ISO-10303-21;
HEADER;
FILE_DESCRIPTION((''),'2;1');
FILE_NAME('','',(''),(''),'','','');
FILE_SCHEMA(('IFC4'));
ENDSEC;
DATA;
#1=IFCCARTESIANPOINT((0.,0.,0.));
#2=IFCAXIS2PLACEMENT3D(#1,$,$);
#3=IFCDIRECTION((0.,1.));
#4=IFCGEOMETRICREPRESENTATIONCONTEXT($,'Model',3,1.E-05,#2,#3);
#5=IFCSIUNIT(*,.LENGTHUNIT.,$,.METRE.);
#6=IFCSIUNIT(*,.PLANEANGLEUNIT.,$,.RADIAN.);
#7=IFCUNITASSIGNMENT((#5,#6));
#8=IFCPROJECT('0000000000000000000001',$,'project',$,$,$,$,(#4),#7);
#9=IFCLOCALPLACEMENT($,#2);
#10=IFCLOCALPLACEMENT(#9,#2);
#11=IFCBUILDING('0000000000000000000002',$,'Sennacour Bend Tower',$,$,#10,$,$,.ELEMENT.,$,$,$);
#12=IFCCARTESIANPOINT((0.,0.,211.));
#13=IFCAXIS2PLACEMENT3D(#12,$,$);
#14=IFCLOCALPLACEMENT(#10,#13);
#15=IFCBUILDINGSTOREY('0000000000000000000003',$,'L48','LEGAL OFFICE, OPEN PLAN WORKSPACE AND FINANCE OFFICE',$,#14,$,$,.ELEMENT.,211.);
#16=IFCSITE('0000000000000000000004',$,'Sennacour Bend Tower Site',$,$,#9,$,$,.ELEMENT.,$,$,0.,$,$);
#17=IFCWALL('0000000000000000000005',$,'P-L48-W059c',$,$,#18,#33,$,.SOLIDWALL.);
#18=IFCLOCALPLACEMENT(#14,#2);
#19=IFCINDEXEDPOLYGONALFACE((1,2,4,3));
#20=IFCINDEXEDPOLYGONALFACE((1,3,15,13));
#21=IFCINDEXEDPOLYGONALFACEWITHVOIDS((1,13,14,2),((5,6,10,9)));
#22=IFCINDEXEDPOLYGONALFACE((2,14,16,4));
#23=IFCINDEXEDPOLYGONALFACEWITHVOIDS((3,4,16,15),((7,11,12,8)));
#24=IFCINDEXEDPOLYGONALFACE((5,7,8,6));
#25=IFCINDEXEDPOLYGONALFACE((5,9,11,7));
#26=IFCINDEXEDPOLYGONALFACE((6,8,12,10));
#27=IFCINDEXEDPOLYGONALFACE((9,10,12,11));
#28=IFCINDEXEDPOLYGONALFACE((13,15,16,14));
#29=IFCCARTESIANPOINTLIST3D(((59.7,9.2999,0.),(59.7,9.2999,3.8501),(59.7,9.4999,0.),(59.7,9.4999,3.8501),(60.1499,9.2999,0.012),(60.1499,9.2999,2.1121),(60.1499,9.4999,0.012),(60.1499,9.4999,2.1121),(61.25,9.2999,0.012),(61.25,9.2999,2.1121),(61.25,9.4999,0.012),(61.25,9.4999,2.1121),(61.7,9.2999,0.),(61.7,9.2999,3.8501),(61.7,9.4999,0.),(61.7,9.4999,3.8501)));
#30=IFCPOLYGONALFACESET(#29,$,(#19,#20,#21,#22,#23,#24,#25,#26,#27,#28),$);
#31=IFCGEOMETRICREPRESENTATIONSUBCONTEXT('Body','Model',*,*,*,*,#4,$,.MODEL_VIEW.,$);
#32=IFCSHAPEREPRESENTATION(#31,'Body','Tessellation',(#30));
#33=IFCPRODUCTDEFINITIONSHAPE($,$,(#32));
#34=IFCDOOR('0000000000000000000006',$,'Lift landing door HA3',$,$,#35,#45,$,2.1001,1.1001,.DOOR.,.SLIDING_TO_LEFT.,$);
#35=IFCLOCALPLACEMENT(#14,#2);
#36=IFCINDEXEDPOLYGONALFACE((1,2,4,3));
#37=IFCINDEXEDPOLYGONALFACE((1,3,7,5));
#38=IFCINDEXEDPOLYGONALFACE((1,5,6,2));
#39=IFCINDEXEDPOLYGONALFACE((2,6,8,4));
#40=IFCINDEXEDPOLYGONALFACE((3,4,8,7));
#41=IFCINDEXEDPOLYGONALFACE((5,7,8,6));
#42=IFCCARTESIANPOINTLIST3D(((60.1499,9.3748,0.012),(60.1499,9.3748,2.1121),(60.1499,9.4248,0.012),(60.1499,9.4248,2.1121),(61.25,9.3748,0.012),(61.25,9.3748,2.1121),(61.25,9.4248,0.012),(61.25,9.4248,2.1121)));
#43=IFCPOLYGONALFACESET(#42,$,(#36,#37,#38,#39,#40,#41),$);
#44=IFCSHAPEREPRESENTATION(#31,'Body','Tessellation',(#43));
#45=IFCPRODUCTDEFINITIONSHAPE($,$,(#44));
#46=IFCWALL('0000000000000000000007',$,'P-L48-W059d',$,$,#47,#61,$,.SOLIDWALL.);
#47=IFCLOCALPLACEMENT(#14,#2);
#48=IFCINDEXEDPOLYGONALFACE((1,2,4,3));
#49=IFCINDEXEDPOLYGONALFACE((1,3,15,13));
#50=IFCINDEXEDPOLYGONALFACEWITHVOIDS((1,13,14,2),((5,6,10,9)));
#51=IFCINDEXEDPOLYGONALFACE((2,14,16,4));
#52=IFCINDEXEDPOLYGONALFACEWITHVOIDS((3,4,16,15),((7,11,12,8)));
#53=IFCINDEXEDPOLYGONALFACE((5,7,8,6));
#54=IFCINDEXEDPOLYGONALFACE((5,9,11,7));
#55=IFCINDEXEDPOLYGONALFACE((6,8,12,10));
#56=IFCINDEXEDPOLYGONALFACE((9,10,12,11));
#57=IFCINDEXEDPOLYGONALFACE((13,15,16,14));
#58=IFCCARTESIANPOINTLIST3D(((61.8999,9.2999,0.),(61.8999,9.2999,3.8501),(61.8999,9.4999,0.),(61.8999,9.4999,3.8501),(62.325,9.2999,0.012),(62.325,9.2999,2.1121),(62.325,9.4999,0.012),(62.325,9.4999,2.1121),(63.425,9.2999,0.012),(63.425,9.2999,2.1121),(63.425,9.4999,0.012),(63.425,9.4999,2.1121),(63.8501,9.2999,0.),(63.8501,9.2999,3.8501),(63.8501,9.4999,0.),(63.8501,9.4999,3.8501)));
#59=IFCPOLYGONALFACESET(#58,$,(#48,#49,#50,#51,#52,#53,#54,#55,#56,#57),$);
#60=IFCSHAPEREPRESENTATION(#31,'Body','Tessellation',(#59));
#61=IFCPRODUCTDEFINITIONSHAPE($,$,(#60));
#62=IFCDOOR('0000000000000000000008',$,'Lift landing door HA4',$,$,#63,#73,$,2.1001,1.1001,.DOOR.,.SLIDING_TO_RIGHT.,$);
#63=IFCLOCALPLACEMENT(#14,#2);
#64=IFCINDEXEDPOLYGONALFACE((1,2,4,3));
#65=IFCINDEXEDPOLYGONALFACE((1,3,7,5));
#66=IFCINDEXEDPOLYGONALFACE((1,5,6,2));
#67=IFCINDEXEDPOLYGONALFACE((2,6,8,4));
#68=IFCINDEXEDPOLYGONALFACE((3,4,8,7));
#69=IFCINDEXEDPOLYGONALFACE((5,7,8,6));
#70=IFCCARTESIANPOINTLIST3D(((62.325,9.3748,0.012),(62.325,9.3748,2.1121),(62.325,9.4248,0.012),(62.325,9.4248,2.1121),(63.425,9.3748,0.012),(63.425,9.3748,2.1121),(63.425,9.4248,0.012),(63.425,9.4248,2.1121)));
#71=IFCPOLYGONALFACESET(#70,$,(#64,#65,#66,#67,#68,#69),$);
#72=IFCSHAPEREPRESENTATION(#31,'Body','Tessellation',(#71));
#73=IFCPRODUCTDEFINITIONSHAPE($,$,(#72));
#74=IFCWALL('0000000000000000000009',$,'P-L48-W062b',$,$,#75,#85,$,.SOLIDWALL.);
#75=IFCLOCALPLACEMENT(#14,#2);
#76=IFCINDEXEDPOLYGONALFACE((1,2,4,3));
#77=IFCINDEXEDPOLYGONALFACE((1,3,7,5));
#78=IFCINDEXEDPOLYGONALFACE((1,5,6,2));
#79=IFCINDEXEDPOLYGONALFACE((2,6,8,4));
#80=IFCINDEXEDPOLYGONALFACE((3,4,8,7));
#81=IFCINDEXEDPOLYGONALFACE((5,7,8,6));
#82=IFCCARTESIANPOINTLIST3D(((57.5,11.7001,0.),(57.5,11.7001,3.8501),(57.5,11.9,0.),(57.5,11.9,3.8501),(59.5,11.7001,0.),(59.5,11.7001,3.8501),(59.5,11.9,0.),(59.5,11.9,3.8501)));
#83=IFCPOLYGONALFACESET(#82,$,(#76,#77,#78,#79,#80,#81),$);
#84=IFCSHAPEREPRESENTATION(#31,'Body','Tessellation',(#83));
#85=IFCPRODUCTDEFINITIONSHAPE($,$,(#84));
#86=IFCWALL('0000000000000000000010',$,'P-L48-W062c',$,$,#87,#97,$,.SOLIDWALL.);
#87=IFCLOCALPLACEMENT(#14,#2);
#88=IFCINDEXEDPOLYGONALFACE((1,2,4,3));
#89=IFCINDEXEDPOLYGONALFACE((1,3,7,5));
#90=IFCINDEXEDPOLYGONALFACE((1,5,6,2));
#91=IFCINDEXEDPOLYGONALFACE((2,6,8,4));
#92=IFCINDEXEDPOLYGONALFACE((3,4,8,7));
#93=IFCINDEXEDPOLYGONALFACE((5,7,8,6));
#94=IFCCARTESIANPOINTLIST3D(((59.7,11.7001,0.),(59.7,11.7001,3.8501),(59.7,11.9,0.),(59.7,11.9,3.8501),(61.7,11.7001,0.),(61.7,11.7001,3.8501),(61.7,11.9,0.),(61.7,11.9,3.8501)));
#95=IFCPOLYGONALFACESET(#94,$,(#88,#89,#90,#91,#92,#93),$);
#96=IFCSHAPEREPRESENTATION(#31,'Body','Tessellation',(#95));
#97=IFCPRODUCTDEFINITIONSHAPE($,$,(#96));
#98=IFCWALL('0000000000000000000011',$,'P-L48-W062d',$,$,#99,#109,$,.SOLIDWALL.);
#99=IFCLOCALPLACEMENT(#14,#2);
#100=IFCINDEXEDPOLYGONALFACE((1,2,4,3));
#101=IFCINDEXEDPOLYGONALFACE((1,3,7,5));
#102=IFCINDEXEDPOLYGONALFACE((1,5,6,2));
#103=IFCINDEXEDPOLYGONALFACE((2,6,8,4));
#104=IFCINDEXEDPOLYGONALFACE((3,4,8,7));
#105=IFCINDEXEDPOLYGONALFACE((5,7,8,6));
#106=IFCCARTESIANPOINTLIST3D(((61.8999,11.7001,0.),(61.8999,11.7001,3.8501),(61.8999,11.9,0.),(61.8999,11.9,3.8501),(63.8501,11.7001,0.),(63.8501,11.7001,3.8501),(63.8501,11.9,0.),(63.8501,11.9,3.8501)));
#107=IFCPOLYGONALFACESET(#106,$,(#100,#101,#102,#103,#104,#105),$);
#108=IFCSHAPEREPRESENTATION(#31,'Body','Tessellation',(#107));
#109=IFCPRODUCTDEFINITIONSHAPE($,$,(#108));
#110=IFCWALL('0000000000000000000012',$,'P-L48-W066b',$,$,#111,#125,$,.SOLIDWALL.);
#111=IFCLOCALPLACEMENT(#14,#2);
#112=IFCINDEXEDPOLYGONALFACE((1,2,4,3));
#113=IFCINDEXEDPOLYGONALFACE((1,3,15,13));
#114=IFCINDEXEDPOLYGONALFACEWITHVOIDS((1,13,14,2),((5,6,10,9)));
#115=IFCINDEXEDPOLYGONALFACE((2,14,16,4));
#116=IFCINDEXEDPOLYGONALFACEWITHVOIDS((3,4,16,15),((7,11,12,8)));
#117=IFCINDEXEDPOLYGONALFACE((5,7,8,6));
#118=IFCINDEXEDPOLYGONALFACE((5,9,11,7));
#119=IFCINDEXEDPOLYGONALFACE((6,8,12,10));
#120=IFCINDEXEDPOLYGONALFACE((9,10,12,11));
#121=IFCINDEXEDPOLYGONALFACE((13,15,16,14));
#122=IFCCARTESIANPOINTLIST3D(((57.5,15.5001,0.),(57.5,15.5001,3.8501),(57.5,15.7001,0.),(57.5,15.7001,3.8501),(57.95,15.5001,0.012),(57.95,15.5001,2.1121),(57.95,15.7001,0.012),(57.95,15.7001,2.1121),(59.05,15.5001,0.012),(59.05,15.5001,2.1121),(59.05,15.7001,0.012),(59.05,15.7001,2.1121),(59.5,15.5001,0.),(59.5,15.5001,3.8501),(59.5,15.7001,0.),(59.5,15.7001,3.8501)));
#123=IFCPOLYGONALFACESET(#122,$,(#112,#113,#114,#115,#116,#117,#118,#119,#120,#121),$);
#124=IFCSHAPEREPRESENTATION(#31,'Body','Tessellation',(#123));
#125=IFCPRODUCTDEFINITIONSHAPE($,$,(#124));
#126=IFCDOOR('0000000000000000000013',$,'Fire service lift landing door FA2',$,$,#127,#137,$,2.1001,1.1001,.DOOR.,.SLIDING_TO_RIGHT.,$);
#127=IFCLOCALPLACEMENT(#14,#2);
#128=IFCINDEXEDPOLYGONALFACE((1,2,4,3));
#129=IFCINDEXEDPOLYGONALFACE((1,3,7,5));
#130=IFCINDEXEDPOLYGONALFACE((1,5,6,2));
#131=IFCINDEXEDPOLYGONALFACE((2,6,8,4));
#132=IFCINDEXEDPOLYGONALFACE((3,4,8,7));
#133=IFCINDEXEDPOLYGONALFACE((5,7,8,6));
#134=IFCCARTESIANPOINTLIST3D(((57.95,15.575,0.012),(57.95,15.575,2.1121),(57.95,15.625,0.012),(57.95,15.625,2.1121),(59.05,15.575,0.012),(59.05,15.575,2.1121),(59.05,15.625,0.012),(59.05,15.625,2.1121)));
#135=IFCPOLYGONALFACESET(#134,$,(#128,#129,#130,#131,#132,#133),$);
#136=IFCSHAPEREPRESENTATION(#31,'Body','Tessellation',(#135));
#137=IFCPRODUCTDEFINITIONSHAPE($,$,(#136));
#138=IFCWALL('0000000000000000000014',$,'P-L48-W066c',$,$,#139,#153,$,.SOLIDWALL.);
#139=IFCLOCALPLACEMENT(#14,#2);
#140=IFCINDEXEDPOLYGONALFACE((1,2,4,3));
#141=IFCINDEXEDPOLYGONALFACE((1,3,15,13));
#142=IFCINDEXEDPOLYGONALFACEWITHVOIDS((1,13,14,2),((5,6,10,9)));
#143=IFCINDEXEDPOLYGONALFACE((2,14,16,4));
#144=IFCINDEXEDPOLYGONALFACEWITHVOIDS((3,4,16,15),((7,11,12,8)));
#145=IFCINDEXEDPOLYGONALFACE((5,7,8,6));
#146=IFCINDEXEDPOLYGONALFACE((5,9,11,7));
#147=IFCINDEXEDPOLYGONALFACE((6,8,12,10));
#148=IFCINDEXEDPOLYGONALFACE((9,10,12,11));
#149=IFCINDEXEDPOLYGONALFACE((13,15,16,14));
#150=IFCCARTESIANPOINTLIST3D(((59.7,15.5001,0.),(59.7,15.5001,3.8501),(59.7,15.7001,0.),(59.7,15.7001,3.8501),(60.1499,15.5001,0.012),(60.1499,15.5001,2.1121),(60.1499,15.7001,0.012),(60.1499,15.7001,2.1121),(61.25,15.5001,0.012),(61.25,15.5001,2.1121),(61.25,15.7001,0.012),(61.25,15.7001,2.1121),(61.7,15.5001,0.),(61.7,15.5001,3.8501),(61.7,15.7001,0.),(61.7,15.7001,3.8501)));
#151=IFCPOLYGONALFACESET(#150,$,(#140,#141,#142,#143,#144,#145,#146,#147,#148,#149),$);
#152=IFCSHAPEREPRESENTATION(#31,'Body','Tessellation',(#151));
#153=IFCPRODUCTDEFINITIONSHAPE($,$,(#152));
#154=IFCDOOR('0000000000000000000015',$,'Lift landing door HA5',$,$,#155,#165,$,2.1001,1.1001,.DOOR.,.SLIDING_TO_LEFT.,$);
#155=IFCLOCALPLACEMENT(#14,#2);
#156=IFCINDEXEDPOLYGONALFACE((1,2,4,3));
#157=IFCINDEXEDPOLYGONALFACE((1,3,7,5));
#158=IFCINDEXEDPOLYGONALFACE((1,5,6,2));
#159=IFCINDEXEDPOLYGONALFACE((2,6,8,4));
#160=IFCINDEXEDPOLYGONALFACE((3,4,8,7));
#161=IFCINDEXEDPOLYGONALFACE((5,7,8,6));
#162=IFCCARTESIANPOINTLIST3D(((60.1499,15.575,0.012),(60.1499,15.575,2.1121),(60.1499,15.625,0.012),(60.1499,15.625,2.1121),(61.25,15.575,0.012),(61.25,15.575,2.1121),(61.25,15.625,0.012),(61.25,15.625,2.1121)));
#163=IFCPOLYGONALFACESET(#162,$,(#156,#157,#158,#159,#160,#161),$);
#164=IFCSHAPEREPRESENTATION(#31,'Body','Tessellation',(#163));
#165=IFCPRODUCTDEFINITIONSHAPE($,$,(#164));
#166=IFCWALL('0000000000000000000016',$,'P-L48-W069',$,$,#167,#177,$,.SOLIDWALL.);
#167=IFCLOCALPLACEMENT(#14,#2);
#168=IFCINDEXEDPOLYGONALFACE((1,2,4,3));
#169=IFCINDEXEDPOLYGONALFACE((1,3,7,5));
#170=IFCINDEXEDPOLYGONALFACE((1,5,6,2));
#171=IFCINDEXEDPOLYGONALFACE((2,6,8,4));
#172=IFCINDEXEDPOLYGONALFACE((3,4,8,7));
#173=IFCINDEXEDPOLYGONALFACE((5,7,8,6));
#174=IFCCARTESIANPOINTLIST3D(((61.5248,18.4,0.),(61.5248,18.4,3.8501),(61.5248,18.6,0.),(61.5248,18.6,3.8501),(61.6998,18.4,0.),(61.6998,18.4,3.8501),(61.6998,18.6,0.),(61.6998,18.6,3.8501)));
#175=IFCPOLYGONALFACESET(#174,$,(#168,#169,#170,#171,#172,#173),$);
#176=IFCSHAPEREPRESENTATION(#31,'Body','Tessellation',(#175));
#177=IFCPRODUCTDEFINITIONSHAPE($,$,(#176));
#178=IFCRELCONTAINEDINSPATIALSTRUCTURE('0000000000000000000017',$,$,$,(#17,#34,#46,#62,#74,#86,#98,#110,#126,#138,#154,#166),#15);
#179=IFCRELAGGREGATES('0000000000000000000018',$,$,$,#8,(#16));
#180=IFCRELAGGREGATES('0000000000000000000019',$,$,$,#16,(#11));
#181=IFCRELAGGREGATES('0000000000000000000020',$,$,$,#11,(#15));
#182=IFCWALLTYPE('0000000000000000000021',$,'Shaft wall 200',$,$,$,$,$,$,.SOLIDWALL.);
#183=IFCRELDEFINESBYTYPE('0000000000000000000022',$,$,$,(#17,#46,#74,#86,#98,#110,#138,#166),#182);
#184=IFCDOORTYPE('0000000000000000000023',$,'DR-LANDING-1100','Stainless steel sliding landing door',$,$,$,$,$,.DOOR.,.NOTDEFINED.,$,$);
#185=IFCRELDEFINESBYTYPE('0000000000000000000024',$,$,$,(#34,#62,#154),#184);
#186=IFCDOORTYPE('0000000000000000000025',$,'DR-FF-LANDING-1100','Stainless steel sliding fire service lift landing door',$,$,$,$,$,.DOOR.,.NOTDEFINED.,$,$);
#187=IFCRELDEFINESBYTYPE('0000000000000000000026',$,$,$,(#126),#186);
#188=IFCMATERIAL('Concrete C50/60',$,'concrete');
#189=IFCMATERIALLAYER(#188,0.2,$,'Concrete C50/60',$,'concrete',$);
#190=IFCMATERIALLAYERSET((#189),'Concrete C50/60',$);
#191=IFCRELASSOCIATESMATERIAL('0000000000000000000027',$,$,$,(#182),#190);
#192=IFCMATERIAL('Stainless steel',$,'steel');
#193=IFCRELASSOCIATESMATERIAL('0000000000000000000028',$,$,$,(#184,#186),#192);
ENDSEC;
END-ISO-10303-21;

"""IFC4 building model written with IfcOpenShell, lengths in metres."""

from ifc_helpers import new_model, si_unit, direction, frame, frame_2d, origin, place, context, subcontext, project, spatial, rectangle, extrude, material, layer, layer_set, type_object, element, fill, save


model = new_model("IFC4")

# Units and contexts
model_context = context("Model", 3, precision=1e-05, world=origin(), true_north=direction((0.0, 1.0)))
body_context = subcontext(model_context, "Body", "Model", "MODEL_VIEW")
ifc_project = project(units=[si_unit("LENGTHUNIT", "METRE"), si_unit("PLANEANGLEUNIT", "RADIAN")], contexts=[model_context])

# Site, building, storey
site_placement = place(None, origin())
site = spatial("IfcSite", under=ifc_project, at=site_placement, Name="Sennacour Bend Tower Site", CompositionType="ELEMENT", RefElevation=0.0)
building_placement = place(site_placement, origin())
building = spatial("IfcBuilding", under=site, at=building_placement, Name="Sennacour Bend Tower", CompositionType="ELEMENT")
storey_placement = place(building_placement, frame((0.0, 0.0, 211.0)))
storey = spatial("IfcBuildingStorey", under=building, at=storey_placement, Name="L48", Description="LEGAL OFFICE, OPEN PLAN WORKSPACE AND FINANCE OFFICE", CompositionType="ELEMENT", Elevation=211.0)

# Shared definitions
ifc_material_1 = material(Name="Concrete C50/60", Category="concrete")
ifc_layer_1 = layer(ifc_material_1, 0.2, Name="Concrete C50/60", Category="concrete")
ifc_layer_set_1 = layer_set([ifc_layer_1], Name="Concrete C50/60")
wall_type_1 = type_object("IfcWallType", Name="Shaft wall 200", PredefinedType="SOLIDWALL", material=ifc_layer_set_1)

# Walls, openings, doors
wall_1_placement = place(storey_placement, frame((59.7, 9.3999, 0.0), z_axis=(0.0, 0.0, 1.0), x_axis=(1.0, 0.0, 0.0)))
wall_1 = element("IfcWall", 1, at=wall_1_placement, inside=storey, type_object=wall_type_1, Name="P-L48-W059c", PredefinedType="SOLIDWALL", context=body_context, shape_type="SweptSolid", body=[
    extrude(rectangle(XDim=2.0, YDim=0.2, at=frame_2d((1.0, 0.0))), origin(), (0.0, 0.0, 1.0), 3.8501),
])
opening_1_placement = place(wall_1_placement, frame((0.45, 0.0, 0.012)))
opening_1 = element("IfcOpeningElement", 2, at=opening_1_placement, cuts=wall_1, PredefinedType="OPENING", context=body_context, shape_type="SweptSolid", body=[
    extrude(rectangle(XDim=1.1001, YDim=2.1001, at=frame_2d((0.55, 1.05))), frame((0.0, 0.1099, 0.0), z_axis=(0.0, -1.0, 0.0), x_axis=(1.0, 0.0, 0.0)), (0.0, 0.0, 1.0), 0.22),
])
ifc_material_2 = material(Name="Stainless steel", Category="steel")
door_type_1 = type_object("IfcDoorType", Name="DR-LANDING-1100", Description="Stainless steel sliding landing door", OperationType="NOTDEFINED", PredefinedType="DOOR", material=ifc_material_2)
door_1_placement = place(opening_1_placement, origin())
door_1 = element("IfcDoor", 3, at=door_1_placement, inside=storey, type_object=door_type_1, Name="Lift landing door HA3", OperationType="SLIDING_TO_LEFT", OverallHeight=2.1001, OverallWidth=1.1001, PredefinedType="DOOR", context=body_context, shape_type="SweptSolid", body=[
    extrude(rectangle(XDim=1.1001, YDim=2.1001, at=frame_2d((0.55, 1.05))), frame((0.0, 0.0249, 0.0), z_axis=(0.0, -1.0, 0.0), x_axis=(1.0, 0.0, 0.0)), (0.0, 0.0, 1.0), 0.05),
])
fill(opening_1, door_1)
wall_2_placement = place(storey_placement, frame((61.8999, 9.3999, 0.0), z_axis=(0.0, 0.0, 1.0), x_axis=(1.0, 0.0, 0.0)))
wall_2 = element("IfcWall", 4, at=wall_2_placement, inside=storey, type_object=wall_type_1, Name="P-L48-W059d", PredefinedType="SOLIDWALL", context=body_context, shape_type="SweptSolid", body=[
    extrude(rectangle(XDim=1.9502, YDim=0.2, at=frame_2d((0.9751, 0.0))), origin(), (0.0, 0.0, 1.0), 3.8501),
])
opening_2_placement = place(wall_2_placement, frame((0.425, 0.0, 0.012)))
opening_2 = element("IfcOpeningElement", 5, at=opening_2_placement, cuts=wall_2, PredefinedType="OPENING", context=body_context, shape_type="SweptSolid", body=[
    extrude(rectangle(XDim=1.1001, YDim=2.1001, at=frame_2d((0.55, 1.05))), frame((0.0, 0.1099, 0.0), z_axis=(0.0, -1.0, 0.0), x_axis=(1.0, 0.0, 0.0)), (0.0, 0.0, 1.0), 0.22),
])
door_2_placement = place(opening_2_placement, origin())
door_2 = element("IfcDoor", 6, at=door_2_placement, inside=storey, type_object=door_type_1, Name="Lift landing door HA4", OperationType="SLIDING_TO_RIGHT", OverallHeight=2.1001, OverallWidth=1.1001, PredefinedType="DOOR", context=body_context, shape_type="SweptSolid", body=[
    extrude(rectangle(XDim=1.1001, YDim=2.1001, at=frame_2d((0.55, 1.05))), frame((0.0, 0.0249, 0.0), z_axis=(0.0, -1.0, 0.0), x_axis=(1.0, 0.0, 0.0)), (0.0, 0.0, 1.0), 0.05),
])
fill(opening_2, door_2)

# Walls
for number, where, z_axis, x_axis, name in (
    (7, (57.5, 11.8, 0.0), (0.0, 0.0, 1.0), (1.0, 0.0, 0.0), "P-L48-W062b"),
    (8, (59.7, 11.8, 0.0), (0.0, 0.0, 1.0), (1.0, 0.0, 0.0), "P-L48-W062c"),
):
    element("IfcWall", number, at=place(storey_placement, frame(where, z_axis=z_axis, x_axis=x_axis)), inside=storey, type_object=wall_type_1, Name=name, PredefinedType="SOLIDWALL", context=body_context, shape_type="SweptSolid", body=[
        extrude(rectangle(XDim=2.0, YDim=0.2, at=frame_2d((1.0, 0.0))), origin(), (0.0, 0.0, 1.0), 3.8501),
    ])
wall_3_placement = place(storey_placement, frame((61.8999, 11.8, 0.0), z_axis=(0.0, 0.0, 1.0), x_axis=(1.0, 0.0, 0.0)))
element("IfcWall", 9, at=wall_3_placement, inside=storey, type_object=wall_type_1, Name="P-L48-W062d", PredefinedType="SOLIDWALL", context=body_context, shape_type="SweptSolid", body=[
    extrude(rectangle(XDim=1.9502, YDim=0.2, at=frame_2d((0.9751, 0.0))), origin(), (0.0, 0.0, 1.0), 3.8501),
])

# Walls, openings, doors
wall_4_placement = place(storey_placement, frame((57.5, 15.6001, 0.0), z_axis=(0.0, 0.0, 1.0), x_axis=(1.0, 0.0, 0.0)))
wall_4 = element("IfcWall", 10, at=wall_4_placement, inside=storey, type_object=wall_type_1, Name="P-L48-W066b", PredefinedType="SOLIDWALL", context=body_context, shape_type="SweptSolid", body=[
    extrude(rectangle(XDim=2.0, YDim=0.2, at=frame_2d((1.0, 0.0))), origin(), (0.0, 0.0, 1.0), 3.8501),
])
opening_3_placement = place(wall_4_placement, frame((0.45, 0.0, 0.012)))
opening_3 = element("IfcOpeningElement", 11, at=opening_3_placement, cuts=wall_4, PredefinedType="OPENING", context=body_context, shape_type="SweptSolid", body=[
    extrude(rectangle(XDim=1.1001, YDim=2.1001, at=frame_2d((0.55, 1.05))), frame((0.0, 0.1099, 0.0), z_axis=(0.0, -1.0, 0.0), x_axis=(1.0, 0.0, 0.0)), (0.0, 0.0, 1.0), 0.22),
])
door_type_2 = type_object("IfcDoorType", Name="DR-FF-LANDING-1100", Description="Stainless steel sliding fire service lift landing door", OperationType="NOTDEFINED", PredefinedType="DOOR", material=ifc_material_2)
door_3_placement = place(opening_3_placement, origin())
door_3 = element("IfcDoor", 12, at=door_3_placement, inside=storey, type_object=door_type_2, Name="Fire service lift landing door FA2", OperationType="SLIDING_TO_RIGHT", OverallHeight=2.1001, OverallWidth=1.1001, PredefinedType="DOOR", context=body_context, shape_type="SweptSolid", body=[
    extrude(rectangle(XDim=1.1001, YDim=2.1001, at=frame_2d((0.55, 1.05))), frame((0.0, 0.0249, 0.0), z_axis=(0.0, -1.0, 0.0), x_axis=(1.0, 0.0, 0.0)), (0.0, 0.0, 1.0), 0.05),
])
fill(opening_3, door_3)
wall_5_placement = place(storey_placement, frame((59.7, 15.6001, 0.0), z_axis=(0.0, 0.0, 1.0), x_axis=(1.0, 0.0, 0.0)))
wall_5 = element("IfcWall", 13, at=wall_5_placement, inside=storey, type_object=wall_type_1, Name="P-L48-W066c", PredefinedType="SOLIDWALL", context=body_context, shape_type="SweptSolid", body=[
    extrude(rectangle(XDim=2.0, YDim=0.2, at=frame_2d((1.0, 0.0))), origin(), (0.0, 0.0, 1.0), 3.8501),
])
opening_4_placement = place(wall_5_placement, frame((0.45, 0.0, 0.012)))
opening_4 = element("IfcOpeningElement", 14, at=opening_4_placement, cuts=wall_5, PredefinedType="OPENING", context=body_context, shape_type="SweptSolid", body=[
    extrude(rectangle(XDim=1.1001, YDim=2.1001, at=frame_2d((0.55, 1.05))), frame((0.0, 0.1099, 0.0), z_axis=(0.0, -1.0, 0.0), x_axis=(1.0, 0.0, 0.0)), (0.0, 0.0, 1.0), 0.22),
])
door_4_placement = place(opening_4_placement, origin())
door_4 = element("IfcDoor", 15, at=door_4_placement, inside=storey, type_object=door_type_1, Name="Lift landing door HA5", OperationType="SLIDING_TO_LEFT", OverallHeight=2.1001, OverallWidth=1.1001, PredefinedType="DOOR", context=body_context, shape_type="SweptSolid", body=[
    extrude(rectangle(XDim=1.1001, YDim=2.1001, at=frame_2d((0.55, 1.05))), frame((0.0, 0.0249, 0.0), z_axis=(0.0, -1.0, 0.0), x_axis=(1.0, 0.0, 0.0)), (0.0, 0.0, 1.0), 0.05),
])
fill(opening_4, door_4)

# Wall
wall_6_placement = place(storey_placement, frame((61.5249, 18.5, 0.0), z_axis=(0.0, 0.0, 1.0), x_axis=(1.0, 0.0, 0.0)))
element("IfcWall", 16, at=wall_6_placement, inside=storey, type_object=wall_type_1, Name="P-L48-W069", PredefinedType="SOLIDWALL", context=body_context, shape_type="SweptSolid", body=[
    extrude(rectangle(XDim=0.175, YDim=0.2, at=frame_2d((0.0874, 0.0))), origin(), (0.0, 0.0, 1.0), 3.8501),
])

save(model, "model.ifc")
